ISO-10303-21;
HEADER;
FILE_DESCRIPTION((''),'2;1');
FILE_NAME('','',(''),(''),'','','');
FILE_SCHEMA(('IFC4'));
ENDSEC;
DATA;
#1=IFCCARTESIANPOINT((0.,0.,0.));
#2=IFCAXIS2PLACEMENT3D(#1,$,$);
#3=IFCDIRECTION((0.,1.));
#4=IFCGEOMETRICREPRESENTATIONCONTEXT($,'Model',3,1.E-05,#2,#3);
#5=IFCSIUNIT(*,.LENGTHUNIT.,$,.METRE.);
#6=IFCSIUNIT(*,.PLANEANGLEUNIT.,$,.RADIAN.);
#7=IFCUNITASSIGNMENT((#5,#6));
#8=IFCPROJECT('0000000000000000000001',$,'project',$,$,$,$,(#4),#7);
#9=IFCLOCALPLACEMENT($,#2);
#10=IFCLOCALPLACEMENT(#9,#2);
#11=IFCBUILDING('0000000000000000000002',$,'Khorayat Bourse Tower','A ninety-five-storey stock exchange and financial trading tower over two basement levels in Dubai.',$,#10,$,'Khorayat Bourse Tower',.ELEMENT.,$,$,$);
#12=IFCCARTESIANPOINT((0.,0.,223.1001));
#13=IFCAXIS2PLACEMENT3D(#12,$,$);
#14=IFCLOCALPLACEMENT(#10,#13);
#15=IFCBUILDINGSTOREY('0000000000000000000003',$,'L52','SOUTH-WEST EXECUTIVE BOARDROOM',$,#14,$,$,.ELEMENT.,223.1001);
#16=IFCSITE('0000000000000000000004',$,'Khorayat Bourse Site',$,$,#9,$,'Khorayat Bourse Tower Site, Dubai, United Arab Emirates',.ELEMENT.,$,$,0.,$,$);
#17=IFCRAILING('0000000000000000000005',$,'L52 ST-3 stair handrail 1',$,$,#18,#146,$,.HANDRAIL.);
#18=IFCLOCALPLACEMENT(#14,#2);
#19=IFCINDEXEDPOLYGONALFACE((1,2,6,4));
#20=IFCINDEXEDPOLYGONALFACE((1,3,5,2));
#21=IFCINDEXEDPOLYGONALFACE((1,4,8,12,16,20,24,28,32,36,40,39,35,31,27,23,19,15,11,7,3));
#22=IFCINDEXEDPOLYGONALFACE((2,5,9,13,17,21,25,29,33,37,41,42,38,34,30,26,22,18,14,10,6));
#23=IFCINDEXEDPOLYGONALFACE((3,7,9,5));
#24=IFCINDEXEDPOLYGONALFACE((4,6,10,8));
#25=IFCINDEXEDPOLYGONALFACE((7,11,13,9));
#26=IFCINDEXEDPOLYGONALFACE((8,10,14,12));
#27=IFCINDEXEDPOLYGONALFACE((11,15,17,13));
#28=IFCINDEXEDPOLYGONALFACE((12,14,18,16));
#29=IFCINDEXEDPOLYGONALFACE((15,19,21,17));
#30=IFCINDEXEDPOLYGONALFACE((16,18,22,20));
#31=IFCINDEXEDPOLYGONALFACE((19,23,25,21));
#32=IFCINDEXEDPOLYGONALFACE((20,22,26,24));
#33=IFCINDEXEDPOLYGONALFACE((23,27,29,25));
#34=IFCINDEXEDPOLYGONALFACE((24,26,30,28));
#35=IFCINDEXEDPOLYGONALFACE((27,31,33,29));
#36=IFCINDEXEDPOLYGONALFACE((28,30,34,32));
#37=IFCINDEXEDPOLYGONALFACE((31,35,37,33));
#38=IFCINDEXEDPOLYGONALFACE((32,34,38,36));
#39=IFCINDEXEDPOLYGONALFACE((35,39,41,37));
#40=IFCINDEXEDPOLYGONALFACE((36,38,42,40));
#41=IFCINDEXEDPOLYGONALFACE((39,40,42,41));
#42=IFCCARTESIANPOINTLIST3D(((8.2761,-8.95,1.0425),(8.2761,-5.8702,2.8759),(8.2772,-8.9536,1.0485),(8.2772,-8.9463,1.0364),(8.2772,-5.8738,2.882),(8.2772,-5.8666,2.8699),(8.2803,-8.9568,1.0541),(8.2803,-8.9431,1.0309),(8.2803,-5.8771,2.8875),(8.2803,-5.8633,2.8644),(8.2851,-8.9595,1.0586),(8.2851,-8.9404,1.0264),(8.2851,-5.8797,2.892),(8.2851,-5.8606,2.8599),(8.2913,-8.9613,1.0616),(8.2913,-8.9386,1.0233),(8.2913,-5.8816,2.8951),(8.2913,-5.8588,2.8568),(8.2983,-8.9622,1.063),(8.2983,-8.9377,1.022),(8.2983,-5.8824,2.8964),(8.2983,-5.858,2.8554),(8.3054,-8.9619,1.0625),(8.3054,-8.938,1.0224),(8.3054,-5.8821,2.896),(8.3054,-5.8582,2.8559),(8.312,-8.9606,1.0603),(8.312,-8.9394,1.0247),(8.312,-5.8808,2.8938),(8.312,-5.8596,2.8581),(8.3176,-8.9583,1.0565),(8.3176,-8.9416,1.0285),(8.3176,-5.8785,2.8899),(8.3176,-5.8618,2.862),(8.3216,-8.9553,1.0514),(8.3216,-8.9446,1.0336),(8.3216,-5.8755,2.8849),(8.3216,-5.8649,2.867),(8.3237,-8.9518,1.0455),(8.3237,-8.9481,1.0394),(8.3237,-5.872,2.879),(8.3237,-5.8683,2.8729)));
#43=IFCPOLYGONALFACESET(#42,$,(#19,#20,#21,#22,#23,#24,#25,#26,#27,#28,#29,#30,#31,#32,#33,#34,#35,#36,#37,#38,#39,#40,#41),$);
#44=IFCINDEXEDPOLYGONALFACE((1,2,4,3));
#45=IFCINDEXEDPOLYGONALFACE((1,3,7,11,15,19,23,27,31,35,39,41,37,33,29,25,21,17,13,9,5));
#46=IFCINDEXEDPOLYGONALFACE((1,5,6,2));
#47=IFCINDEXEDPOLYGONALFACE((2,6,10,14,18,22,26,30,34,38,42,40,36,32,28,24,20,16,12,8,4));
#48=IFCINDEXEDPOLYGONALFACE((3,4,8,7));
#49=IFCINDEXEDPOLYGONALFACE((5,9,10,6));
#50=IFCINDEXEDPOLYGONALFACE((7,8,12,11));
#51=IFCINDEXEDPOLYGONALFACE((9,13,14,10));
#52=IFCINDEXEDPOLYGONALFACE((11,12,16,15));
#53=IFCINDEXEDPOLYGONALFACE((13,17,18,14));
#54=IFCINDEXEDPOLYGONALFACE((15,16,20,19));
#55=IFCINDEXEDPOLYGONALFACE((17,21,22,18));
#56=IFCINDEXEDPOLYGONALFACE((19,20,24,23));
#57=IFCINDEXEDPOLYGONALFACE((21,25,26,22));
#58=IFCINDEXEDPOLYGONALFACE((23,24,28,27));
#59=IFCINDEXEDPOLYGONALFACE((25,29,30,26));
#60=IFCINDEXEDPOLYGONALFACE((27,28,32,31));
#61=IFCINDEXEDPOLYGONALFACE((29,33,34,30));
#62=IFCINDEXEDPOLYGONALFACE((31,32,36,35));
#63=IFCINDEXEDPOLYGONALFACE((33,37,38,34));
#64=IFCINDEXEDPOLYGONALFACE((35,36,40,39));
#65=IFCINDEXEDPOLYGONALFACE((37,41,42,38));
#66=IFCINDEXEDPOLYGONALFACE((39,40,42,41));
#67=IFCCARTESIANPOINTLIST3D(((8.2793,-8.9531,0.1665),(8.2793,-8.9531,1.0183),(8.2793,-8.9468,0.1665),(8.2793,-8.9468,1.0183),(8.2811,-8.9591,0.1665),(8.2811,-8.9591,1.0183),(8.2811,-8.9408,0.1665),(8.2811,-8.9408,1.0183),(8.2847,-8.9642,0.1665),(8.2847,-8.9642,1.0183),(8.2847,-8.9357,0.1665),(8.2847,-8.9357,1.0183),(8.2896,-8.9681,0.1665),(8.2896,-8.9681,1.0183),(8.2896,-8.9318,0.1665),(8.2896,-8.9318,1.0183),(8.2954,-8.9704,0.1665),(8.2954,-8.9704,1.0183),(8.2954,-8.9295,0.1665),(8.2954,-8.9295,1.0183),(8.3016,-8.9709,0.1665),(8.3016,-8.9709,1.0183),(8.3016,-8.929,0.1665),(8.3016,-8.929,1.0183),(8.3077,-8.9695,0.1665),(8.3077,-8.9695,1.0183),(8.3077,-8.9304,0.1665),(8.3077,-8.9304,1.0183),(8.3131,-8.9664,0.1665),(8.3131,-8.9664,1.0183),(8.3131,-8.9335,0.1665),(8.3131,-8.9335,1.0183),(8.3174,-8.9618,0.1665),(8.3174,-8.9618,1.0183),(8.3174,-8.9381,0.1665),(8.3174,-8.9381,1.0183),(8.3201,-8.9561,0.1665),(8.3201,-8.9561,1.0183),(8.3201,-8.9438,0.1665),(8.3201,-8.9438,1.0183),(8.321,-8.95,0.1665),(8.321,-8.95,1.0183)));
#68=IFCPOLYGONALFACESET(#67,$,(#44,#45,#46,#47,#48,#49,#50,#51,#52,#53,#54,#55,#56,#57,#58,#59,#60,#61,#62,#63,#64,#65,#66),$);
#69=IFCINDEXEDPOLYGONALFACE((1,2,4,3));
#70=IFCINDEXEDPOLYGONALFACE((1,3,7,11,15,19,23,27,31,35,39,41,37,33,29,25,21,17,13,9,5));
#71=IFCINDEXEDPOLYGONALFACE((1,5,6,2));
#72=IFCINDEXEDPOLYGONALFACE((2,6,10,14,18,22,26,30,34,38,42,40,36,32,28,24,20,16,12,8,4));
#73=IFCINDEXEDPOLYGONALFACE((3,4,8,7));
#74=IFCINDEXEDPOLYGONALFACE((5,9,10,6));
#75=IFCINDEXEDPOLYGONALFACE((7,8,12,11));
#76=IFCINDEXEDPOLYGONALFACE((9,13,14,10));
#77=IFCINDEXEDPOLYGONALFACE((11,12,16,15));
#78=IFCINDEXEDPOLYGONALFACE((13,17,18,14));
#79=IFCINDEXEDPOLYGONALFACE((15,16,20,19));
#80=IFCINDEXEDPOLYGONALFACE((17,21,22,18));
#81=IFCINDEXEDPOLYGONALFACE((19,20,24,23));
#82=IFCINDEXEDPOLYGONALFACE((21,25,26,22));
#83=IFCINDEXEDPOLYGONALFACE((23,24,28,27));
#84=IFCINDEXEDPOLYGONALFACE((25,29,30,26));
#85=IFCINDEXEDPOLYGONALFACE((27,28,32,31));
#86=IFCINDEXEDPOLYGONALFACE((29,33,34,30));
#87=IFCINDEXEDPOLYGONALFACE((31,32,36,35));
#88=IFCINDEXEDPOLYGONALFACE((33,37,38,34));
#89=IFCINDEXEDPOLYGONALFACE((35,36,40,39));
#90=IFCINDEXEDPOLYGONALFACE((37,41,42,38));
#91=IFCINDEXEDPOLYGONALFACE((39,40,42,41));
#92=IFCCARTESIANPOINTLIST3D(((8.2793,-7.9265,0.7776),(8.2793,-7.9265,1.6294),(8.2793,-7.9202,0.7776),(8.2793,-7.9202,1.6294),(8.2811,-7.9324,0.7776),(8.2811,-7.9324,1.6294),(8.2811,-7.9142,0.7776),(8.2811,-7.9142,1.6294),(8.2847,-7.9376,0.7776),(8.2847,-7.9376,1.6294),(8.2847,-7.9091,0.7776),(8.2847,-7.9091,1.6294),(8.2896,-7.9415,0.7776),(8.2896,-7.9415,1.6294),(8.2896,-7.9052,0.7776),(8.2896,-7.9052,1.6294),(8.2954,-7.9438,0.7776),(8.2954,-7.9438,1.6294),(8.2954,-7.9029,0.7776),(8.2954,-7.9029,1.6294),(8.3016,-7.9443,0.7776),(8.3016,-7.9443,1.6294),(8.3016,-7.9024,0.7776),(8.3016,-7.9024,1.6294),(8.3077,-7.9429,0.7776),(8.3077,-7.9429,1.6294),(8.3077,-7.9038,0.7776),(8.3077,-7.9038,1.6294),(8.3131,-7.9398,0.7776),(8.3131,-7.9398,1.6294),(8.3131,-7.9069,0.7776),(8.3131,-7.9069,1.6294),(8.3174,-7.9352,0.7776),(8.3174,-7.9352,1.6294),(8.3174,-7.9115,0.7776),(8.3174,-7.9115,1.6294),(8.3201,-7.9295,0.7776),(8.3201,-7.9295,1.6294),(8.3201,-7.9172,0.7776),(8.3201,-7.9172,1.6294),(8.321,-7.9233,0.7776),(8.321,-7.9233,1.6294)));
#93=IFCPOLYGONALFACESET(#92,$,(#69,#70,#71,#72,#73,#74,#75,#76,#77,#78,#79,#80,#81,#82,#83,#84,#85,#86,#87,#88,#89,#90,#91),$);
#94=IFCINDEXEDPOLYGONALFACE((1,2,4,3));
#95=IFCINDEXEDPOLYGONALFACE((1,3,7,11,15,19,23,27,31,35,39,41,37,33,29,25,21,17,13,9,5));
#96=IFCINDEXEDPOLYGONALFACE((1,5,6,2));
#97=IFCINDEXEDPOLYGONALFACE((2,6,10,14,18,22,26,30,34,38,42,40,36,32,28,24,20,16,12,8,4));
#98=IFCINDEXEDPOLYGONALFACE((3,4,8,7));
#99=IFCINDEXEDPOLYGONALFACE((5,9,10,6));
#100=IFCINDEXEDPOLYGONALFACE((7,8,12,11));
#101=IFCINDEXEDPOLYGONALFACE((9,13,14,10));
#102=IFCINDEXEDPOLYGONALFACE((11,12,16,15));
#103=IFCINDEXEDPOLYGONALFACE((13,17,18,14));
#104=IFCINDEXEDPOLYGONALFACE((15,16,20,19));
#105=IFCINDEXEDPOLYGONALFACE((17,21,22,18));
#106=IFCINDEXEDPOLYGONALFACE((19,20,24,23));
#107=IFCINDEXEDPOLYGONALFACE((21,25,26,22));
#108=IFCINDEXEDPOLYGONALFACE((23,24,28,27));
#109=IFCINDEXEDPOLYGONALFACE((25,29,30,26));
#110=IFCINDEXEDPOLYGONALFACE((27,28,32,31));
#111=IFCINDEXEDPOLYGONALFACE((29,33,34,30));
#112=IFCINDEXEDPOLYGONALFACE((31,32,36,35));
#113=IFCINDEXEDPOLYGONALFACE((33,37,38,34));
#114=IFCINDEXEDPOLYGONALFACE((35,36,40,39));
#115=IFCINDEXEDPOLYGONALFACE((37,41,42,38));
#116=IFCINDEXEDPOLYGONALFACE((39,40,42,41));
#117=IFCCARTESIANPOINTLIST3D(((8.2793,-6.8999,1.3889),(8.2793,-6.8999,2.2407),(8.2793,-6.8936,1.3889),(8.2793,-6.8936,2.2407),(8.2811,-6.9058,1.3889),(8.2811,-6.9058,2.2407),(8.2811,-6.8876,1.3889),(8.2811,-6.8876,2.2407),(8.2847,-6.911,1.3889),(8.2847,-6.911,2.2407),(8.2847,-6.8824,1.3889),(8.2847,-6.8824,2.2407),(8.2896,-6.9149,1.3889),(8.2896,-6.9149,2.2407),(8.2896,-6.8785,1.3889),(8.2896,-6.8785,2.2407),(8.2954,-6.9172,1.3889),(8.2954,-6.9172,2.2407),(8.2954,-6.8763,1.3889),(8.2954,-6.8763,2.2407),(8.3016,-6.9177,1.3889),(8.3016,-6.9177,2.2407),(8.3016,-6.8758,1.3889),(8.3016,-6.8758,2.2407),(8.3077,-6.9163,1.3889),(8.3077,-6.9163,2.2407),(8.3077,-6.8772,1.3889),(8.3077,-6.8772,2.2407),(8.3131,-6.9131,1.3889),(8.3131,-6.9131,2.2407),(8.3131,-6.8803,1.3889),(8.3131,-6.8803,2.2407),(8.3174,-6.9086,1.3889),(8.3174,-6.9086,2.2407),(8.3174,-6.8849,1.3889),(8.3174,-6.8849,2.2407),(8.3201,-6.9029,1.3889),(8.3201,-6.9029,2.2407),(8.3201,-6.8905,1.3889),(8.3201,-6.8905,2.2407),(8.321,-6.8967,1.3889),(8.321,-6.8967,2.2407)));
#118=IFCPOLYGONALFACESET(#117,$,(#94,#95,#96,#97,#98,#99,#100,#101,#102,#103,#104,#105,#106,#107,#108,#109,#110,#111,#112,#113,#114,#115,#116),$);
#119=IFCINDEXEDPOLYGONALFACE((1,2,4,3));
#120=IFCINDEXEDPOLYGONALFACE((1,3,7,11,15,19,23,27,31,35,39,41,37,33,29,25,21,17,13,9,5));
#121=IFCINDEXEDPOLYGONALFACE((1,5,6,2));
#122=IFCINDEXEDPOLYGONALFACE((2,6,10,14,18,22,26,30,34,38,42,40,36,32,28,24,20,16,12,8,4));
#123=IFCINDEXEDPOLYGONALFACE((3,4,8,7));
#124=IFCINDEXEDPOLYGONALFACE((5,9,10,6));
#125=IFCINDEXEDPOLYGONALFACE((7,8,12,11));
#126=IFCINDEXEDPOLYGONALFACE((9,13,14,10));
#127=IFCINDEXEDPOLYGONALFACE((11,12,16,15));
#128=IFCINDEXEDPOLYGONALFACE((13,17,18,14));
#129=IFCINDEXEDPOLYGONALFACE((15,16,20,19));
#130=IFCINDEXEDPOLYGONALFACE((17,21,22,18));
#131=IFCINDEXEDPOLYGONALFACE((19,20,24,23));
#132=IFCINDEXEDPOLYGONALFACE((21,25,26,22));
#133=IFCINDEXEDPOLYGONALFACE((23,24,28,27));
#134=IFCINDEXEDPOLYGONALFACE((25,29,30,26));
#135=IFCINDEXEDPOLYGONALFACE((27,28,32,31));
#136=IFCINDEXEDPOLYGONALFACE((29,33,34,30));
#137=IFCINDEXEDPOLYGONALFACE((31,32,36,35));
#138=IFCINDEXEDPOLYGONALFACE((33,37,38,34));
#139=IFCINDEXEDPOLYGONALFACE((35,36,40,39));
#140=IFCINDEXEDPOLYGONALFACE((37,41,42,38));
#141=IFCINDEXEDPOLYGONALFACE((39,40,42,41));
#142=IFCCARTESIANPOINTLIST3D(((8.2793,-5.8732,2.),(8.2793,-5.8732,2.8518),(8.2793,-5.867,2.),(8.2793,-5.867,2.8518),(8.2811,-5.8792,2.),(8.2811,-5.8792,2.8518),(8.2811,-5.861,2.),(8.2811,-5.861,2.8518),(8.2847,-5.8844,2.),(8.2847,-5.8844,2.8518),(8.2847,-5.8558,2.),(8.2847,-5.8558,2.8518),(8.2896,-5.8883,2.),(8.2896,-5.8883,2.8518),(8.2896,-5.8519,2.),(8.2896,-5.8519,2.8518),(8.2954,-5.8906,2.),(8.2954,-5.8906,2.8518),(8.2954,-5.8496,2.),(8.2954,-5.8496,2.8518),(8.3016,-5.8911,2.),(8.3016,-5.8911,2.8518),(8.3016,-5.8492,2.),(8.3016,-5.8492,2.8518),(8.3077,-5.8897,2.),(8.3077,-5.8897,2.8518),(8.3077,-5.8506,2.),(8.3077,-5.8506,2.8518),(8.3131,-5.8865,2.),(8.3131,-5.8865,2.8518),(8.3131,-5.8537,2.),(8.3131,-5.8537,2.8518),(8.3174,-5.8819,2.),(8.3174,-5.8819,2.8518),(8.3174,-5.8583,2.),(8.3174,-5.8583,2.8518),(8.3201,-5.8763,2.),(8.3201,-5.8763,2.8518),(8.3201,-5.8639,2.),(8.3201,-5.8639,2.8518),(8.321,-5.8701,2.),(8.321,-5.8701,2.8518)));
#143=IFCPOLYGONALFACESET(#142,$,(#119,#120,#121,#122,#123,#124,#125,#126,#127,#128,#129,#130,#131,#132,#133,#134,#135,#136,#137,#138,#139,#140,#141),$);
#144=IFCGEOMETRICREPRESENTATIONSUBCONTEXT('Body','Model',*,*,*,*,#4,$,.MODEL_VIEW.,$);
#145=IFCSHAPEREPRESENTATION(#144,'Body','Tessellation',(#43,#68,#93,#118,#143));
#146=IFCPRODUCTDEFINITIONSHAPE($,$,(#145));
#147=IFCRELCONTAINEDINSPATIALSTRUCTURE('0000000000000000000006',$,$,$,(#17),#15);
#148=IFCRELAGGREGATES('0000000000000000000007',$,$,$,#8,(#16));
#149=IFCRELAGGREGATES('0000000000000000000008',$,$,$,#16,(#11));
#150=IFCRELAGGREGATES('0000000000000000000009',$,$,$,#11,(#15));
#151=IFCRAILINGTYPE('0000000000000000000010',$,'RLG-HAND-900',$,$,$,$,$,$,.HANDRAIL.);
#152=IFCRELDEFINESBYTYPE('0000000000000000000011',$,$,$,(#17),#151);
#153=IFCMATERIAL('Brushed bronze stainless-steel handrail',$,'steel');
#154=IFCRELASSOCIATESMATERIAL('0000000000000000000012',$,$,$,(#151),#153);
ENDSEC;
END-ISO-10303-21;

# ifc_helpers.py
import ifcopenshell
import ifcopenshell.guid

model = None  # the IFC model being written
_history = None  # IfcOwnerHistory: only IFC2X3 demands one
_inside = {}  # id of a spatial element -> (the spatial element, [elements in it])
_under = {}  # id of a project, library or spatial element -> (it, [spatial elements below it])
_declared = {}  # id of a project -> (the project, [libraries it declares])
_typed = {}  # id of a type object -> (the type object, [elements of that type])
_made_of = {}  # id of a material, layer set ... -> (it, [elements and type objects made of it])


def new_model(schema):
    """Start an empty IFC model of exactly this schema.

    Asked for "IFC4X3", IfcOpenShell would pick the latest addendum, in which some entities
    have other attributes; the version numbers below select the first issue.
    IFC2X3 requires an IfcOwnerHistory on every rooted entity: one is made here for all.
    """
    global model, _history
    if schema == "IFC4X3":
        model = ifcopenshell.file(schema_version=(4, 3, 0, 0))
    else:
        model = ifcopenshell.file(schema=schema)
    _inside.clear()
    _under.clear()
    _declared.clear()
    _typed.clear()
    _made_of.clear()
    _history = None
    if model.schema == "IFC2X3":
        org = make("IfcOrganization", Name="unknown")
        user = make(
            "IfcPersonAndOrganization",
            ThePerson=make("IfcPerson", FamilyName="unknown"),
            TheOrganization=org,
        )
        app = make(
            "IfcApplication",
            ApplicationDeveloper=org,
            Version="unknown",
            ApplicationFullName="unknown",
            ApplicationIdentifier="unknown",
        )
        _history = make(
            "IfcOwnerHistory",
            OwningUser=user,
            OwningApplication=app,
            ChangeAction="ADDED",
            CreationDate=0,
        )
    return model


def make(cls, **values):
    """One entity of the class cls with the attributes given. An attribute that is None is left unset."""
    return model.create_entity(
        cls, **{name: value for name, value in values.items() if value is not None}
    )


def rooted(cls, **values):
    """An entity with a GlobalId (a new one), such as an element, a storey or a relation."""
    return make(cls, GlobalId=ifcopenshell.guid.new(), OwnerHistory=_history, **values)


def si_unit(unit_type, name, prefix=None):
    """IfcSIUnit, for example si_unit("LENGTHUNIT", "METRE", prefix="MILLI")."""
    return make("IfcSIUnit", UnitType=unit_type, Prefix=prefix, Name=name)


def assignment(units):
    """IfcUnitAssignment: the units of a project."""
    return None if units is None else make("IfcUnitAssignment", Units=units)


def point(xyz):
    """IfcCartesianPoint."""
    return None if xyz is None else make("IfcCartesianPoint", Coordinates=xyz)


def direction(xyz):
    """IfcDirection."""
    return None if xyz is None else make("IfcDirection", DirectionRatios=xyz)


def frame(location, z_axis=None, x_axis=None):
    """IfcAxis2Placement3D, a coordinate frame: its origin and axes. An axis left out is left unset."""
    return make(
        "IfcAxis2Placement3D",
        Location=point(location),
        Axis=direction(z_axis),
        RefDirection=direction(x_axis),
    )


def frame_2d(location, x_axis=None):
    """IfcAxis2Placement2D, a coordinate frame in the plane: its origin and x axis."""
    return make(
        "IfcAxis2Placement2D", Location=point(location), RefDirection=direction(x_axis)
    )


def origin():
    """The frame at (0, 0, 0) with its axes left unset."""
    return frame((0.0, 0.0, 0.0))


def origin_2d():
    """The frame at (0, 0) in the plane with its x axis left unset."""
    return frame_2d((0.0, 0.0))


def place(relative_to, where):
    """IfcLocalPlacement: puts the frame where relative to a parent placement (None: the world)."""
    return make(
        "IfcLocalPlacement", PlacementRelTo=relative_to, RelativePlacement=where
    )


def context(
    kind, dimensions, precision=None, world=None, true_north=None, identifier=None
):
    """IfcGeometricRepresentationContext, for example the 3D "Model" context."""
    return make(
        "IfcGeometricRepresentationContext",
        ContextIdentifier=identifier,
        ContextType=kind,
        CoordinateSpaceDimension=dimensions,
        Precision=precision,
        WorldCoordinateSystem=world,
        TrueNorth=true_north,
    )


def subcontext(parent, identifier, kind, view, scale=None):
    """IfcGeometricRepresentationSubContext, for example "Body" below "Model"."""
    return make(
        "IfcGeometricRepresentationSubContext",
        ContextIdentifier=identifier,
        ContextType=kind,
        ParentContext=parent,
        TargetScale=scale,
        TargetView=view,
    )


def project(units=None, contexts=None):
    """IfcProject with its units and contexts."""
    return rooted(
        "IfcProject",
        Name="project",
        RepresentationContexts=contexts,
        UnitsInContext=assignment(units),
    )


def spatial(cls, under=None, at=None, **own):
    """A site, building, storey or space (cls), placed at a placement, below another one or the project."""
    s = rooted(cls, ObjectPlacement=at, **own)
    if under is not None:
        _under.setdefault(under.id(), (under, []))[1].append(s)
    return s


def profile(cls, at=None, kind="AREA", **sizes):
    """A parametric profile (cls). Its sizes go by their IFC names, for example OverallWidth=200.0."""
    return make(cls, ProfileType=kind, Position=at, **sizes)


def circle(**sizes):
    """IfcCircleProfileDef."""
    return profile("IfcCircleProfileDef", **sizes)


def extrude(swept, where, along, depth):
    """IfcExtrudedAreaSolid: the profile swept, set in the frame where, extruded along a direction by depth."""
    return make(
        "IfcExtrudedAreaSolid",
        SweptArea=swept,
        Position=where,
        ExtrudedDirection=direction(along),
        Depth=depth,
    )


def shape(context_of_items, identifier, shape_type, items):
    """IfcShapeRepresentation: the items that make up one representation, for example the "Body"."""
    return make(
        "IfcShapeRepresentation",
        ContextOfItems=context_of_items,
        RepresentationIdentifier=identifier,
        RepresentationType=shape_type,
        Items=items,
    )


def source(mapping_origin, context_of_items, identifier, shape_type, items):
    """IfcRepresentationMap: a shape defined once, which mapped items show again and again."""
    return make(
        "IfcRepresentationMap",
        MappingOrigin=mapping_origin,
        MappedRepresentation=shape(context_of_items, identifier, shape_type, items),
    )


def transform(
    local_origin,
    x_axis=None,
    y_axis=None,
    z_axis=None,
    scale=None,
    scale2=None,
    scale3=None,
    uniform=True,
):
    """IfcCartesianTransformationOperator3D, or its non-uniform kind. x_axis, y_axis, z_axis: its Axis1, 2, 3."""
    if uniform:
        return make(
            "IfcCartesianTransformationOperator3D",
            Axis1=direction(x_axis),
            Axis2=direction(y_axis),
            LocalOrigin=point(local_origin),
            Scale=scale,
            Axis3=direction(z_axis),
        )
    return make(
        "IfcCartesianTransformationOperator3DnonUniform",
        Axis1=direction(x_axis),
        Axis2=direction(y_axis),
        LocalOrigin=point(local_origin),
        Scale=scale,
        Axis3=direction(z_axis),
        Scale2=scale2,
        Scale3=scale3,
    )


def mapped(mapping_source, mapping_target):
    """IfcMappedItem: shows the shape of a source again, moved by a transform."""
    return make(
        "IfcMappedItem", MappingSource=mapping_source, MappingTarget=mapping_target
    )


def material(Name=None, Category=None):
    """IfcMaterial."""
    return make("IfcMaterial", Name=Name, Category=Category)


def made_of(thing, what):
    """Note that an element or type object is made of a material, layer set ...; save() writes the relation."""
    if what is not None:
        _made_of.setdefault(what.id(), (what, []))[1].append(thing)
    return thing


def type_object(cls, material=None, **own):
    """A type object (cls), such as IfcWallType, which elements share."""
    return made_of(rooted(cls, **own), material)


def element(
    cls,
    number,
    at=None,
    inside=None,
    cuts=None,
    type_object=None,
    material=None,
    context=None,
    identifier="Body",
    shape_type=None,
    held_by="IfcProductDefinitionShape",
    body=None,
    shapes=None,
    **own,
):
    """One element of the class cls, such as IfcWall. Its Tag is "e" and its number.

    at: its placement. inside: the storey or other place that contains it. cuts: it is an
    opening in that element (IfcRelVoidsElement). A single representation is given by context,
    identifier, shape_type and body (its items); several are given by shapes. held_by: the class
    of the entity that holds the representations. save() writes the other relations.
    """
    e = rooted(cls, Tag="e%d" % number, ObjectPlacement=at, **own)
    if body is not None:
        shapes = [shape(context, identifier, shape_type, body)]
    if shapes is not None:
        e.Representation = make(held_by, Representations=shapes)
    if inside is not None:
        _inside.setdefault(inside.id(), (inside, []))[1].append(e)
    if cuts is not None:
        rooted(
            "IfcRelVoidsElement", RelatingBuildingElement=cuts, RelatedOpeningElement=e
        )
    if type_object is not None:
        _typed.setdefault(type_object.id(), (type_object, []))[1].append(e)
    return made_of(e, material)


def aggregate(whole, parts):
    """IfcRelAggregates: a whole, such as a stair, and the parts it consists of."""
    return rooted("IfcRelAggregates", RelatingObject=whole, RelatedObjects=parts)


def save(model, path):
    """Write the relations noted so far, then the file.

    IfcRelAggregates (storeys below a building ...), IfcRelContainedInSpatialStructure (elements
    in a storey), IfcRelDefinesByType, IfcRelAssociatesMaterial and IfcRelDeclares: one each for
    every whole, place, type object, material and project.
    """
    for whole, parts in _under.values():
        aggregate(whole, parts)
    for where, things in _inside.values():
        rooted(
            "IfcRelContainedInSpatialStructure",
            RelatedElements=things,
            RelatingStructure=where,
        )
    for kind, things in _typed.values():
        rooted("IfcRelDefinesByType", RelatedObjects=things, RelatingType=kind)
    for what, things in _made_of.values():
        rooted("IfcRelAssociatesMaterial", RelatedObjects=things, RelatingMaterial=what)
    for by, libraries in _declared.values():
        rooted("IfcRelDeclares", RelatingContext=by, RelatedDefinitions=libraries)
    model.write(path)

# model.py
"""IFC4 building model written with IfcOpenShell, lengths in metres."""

from ifc_helpers import new_model, si_unit, direction, frame, origin, origin_2d, place, context, subcontext, project, spatial, circle, extrude, source, transform, mapped, material, type_object, element, save


model = new_model("IFC4")

# Units and contexts
model_context = context("Model", 3, precision=1e-05, world=origin(), true_north=direction((0.0, 1.0)))
body_context = subcontext(model_context, "Body", "Model", "MODEL_VIEW")
ifc_project = project(units=[si_unit("LENGTHUNIT", "METRE"), si_unit("PLANEANGLEUNIT", "RADIAN")], contexts=[model_context])

# Site, building, storey
site_placement = place(None, origin())
site = spatial("IfcSite", under=ifc_project, at=site_placement, Name="Khorayat Bourse Site", LongName="Khorayat Bourse Tower Site, Dubai, United Arab Emirates", CompositionType="ELEMENT", RefElevation=0.0)
building_placement = place(site_placement, origin())
building = spatial("IfcBuilding", under=site, at=building_placement, Name="Khorayat Bourse Tower", Description="A ninety-five-storey stock exchange and financial trading tower over two basement levels in Dubai.", LongName="Khorayat Bourse Tower", CompositionType="ELEMENT")
storey_placement = place(building_placement, frame((0.0, 0.0, 223.1001)))
storey = spatial("IfcBuildingStorey", under=building, at=storey_placement, Name="L52", Description="SOUTH-WEST EXECUTIVE BOARDROOM", CompositionType="ELEMENT", Elevation=223.1001)

# Railing
ifc_material_1 = material(Name="Brushed bronze stainless-steel handrail", Category="steel")
railing_type_1 = type_object("IfcRailingType", Name="RLG-HAND-900", PredefinedType="HANDRAIL", material=ifc_material_1)
shared_shape_1 = source(origin(), body_context, "Body", "SweptSolid", [
    extrude(circle(Radius=0.0239, at=origin_2d()), frame((0.0, 0.0, 0.876), z_axis=(0.0, 0.859261, 0.511538), x_axis=(-1.0, 0.0, 0.0)), (0.0, 0.0, 1.0), 3.5842),
    extrude(circle(Radius=0.021, at=origin_2d()), origin(), (0.0, 0.0, 1.0), 0.8518),
    extrude(circle(Radius=0.021, at=origin_2d()), frame((0.0, 1.0266, 0.6111)), (0.0, 0.0, 1.0), 0.8518),
    extrude(circle(Radius=0.021, at=origin_2d()), frame((0.0, 2.0532, 1.2224)), (0.0, 0.0, 1.0), 0.8518),
    extrude(circle(Radius=0.021, at=origin_2d()), frame((0.0, 3.0798, 1.8335)), (0.0, 0.0, 1.0), 0.8518),
])
railing_1_placement = place(storey_placement, frame((8.3, -8.95, 0.1665)))
element("IfcRailing", 1, at=railing_1_placement, inside=storey, type_object=railing_type_1, Name="L52 ST-3 stair handrail 1", PredefinedType="HANDRAIL", context=body_context, shape_type="MappedRepresentation", body=[
    mapped(shared_shape_1, transform((0.0, 0.0, 0.0), scale=1.0)),
])

save(model, "model.ifc")
